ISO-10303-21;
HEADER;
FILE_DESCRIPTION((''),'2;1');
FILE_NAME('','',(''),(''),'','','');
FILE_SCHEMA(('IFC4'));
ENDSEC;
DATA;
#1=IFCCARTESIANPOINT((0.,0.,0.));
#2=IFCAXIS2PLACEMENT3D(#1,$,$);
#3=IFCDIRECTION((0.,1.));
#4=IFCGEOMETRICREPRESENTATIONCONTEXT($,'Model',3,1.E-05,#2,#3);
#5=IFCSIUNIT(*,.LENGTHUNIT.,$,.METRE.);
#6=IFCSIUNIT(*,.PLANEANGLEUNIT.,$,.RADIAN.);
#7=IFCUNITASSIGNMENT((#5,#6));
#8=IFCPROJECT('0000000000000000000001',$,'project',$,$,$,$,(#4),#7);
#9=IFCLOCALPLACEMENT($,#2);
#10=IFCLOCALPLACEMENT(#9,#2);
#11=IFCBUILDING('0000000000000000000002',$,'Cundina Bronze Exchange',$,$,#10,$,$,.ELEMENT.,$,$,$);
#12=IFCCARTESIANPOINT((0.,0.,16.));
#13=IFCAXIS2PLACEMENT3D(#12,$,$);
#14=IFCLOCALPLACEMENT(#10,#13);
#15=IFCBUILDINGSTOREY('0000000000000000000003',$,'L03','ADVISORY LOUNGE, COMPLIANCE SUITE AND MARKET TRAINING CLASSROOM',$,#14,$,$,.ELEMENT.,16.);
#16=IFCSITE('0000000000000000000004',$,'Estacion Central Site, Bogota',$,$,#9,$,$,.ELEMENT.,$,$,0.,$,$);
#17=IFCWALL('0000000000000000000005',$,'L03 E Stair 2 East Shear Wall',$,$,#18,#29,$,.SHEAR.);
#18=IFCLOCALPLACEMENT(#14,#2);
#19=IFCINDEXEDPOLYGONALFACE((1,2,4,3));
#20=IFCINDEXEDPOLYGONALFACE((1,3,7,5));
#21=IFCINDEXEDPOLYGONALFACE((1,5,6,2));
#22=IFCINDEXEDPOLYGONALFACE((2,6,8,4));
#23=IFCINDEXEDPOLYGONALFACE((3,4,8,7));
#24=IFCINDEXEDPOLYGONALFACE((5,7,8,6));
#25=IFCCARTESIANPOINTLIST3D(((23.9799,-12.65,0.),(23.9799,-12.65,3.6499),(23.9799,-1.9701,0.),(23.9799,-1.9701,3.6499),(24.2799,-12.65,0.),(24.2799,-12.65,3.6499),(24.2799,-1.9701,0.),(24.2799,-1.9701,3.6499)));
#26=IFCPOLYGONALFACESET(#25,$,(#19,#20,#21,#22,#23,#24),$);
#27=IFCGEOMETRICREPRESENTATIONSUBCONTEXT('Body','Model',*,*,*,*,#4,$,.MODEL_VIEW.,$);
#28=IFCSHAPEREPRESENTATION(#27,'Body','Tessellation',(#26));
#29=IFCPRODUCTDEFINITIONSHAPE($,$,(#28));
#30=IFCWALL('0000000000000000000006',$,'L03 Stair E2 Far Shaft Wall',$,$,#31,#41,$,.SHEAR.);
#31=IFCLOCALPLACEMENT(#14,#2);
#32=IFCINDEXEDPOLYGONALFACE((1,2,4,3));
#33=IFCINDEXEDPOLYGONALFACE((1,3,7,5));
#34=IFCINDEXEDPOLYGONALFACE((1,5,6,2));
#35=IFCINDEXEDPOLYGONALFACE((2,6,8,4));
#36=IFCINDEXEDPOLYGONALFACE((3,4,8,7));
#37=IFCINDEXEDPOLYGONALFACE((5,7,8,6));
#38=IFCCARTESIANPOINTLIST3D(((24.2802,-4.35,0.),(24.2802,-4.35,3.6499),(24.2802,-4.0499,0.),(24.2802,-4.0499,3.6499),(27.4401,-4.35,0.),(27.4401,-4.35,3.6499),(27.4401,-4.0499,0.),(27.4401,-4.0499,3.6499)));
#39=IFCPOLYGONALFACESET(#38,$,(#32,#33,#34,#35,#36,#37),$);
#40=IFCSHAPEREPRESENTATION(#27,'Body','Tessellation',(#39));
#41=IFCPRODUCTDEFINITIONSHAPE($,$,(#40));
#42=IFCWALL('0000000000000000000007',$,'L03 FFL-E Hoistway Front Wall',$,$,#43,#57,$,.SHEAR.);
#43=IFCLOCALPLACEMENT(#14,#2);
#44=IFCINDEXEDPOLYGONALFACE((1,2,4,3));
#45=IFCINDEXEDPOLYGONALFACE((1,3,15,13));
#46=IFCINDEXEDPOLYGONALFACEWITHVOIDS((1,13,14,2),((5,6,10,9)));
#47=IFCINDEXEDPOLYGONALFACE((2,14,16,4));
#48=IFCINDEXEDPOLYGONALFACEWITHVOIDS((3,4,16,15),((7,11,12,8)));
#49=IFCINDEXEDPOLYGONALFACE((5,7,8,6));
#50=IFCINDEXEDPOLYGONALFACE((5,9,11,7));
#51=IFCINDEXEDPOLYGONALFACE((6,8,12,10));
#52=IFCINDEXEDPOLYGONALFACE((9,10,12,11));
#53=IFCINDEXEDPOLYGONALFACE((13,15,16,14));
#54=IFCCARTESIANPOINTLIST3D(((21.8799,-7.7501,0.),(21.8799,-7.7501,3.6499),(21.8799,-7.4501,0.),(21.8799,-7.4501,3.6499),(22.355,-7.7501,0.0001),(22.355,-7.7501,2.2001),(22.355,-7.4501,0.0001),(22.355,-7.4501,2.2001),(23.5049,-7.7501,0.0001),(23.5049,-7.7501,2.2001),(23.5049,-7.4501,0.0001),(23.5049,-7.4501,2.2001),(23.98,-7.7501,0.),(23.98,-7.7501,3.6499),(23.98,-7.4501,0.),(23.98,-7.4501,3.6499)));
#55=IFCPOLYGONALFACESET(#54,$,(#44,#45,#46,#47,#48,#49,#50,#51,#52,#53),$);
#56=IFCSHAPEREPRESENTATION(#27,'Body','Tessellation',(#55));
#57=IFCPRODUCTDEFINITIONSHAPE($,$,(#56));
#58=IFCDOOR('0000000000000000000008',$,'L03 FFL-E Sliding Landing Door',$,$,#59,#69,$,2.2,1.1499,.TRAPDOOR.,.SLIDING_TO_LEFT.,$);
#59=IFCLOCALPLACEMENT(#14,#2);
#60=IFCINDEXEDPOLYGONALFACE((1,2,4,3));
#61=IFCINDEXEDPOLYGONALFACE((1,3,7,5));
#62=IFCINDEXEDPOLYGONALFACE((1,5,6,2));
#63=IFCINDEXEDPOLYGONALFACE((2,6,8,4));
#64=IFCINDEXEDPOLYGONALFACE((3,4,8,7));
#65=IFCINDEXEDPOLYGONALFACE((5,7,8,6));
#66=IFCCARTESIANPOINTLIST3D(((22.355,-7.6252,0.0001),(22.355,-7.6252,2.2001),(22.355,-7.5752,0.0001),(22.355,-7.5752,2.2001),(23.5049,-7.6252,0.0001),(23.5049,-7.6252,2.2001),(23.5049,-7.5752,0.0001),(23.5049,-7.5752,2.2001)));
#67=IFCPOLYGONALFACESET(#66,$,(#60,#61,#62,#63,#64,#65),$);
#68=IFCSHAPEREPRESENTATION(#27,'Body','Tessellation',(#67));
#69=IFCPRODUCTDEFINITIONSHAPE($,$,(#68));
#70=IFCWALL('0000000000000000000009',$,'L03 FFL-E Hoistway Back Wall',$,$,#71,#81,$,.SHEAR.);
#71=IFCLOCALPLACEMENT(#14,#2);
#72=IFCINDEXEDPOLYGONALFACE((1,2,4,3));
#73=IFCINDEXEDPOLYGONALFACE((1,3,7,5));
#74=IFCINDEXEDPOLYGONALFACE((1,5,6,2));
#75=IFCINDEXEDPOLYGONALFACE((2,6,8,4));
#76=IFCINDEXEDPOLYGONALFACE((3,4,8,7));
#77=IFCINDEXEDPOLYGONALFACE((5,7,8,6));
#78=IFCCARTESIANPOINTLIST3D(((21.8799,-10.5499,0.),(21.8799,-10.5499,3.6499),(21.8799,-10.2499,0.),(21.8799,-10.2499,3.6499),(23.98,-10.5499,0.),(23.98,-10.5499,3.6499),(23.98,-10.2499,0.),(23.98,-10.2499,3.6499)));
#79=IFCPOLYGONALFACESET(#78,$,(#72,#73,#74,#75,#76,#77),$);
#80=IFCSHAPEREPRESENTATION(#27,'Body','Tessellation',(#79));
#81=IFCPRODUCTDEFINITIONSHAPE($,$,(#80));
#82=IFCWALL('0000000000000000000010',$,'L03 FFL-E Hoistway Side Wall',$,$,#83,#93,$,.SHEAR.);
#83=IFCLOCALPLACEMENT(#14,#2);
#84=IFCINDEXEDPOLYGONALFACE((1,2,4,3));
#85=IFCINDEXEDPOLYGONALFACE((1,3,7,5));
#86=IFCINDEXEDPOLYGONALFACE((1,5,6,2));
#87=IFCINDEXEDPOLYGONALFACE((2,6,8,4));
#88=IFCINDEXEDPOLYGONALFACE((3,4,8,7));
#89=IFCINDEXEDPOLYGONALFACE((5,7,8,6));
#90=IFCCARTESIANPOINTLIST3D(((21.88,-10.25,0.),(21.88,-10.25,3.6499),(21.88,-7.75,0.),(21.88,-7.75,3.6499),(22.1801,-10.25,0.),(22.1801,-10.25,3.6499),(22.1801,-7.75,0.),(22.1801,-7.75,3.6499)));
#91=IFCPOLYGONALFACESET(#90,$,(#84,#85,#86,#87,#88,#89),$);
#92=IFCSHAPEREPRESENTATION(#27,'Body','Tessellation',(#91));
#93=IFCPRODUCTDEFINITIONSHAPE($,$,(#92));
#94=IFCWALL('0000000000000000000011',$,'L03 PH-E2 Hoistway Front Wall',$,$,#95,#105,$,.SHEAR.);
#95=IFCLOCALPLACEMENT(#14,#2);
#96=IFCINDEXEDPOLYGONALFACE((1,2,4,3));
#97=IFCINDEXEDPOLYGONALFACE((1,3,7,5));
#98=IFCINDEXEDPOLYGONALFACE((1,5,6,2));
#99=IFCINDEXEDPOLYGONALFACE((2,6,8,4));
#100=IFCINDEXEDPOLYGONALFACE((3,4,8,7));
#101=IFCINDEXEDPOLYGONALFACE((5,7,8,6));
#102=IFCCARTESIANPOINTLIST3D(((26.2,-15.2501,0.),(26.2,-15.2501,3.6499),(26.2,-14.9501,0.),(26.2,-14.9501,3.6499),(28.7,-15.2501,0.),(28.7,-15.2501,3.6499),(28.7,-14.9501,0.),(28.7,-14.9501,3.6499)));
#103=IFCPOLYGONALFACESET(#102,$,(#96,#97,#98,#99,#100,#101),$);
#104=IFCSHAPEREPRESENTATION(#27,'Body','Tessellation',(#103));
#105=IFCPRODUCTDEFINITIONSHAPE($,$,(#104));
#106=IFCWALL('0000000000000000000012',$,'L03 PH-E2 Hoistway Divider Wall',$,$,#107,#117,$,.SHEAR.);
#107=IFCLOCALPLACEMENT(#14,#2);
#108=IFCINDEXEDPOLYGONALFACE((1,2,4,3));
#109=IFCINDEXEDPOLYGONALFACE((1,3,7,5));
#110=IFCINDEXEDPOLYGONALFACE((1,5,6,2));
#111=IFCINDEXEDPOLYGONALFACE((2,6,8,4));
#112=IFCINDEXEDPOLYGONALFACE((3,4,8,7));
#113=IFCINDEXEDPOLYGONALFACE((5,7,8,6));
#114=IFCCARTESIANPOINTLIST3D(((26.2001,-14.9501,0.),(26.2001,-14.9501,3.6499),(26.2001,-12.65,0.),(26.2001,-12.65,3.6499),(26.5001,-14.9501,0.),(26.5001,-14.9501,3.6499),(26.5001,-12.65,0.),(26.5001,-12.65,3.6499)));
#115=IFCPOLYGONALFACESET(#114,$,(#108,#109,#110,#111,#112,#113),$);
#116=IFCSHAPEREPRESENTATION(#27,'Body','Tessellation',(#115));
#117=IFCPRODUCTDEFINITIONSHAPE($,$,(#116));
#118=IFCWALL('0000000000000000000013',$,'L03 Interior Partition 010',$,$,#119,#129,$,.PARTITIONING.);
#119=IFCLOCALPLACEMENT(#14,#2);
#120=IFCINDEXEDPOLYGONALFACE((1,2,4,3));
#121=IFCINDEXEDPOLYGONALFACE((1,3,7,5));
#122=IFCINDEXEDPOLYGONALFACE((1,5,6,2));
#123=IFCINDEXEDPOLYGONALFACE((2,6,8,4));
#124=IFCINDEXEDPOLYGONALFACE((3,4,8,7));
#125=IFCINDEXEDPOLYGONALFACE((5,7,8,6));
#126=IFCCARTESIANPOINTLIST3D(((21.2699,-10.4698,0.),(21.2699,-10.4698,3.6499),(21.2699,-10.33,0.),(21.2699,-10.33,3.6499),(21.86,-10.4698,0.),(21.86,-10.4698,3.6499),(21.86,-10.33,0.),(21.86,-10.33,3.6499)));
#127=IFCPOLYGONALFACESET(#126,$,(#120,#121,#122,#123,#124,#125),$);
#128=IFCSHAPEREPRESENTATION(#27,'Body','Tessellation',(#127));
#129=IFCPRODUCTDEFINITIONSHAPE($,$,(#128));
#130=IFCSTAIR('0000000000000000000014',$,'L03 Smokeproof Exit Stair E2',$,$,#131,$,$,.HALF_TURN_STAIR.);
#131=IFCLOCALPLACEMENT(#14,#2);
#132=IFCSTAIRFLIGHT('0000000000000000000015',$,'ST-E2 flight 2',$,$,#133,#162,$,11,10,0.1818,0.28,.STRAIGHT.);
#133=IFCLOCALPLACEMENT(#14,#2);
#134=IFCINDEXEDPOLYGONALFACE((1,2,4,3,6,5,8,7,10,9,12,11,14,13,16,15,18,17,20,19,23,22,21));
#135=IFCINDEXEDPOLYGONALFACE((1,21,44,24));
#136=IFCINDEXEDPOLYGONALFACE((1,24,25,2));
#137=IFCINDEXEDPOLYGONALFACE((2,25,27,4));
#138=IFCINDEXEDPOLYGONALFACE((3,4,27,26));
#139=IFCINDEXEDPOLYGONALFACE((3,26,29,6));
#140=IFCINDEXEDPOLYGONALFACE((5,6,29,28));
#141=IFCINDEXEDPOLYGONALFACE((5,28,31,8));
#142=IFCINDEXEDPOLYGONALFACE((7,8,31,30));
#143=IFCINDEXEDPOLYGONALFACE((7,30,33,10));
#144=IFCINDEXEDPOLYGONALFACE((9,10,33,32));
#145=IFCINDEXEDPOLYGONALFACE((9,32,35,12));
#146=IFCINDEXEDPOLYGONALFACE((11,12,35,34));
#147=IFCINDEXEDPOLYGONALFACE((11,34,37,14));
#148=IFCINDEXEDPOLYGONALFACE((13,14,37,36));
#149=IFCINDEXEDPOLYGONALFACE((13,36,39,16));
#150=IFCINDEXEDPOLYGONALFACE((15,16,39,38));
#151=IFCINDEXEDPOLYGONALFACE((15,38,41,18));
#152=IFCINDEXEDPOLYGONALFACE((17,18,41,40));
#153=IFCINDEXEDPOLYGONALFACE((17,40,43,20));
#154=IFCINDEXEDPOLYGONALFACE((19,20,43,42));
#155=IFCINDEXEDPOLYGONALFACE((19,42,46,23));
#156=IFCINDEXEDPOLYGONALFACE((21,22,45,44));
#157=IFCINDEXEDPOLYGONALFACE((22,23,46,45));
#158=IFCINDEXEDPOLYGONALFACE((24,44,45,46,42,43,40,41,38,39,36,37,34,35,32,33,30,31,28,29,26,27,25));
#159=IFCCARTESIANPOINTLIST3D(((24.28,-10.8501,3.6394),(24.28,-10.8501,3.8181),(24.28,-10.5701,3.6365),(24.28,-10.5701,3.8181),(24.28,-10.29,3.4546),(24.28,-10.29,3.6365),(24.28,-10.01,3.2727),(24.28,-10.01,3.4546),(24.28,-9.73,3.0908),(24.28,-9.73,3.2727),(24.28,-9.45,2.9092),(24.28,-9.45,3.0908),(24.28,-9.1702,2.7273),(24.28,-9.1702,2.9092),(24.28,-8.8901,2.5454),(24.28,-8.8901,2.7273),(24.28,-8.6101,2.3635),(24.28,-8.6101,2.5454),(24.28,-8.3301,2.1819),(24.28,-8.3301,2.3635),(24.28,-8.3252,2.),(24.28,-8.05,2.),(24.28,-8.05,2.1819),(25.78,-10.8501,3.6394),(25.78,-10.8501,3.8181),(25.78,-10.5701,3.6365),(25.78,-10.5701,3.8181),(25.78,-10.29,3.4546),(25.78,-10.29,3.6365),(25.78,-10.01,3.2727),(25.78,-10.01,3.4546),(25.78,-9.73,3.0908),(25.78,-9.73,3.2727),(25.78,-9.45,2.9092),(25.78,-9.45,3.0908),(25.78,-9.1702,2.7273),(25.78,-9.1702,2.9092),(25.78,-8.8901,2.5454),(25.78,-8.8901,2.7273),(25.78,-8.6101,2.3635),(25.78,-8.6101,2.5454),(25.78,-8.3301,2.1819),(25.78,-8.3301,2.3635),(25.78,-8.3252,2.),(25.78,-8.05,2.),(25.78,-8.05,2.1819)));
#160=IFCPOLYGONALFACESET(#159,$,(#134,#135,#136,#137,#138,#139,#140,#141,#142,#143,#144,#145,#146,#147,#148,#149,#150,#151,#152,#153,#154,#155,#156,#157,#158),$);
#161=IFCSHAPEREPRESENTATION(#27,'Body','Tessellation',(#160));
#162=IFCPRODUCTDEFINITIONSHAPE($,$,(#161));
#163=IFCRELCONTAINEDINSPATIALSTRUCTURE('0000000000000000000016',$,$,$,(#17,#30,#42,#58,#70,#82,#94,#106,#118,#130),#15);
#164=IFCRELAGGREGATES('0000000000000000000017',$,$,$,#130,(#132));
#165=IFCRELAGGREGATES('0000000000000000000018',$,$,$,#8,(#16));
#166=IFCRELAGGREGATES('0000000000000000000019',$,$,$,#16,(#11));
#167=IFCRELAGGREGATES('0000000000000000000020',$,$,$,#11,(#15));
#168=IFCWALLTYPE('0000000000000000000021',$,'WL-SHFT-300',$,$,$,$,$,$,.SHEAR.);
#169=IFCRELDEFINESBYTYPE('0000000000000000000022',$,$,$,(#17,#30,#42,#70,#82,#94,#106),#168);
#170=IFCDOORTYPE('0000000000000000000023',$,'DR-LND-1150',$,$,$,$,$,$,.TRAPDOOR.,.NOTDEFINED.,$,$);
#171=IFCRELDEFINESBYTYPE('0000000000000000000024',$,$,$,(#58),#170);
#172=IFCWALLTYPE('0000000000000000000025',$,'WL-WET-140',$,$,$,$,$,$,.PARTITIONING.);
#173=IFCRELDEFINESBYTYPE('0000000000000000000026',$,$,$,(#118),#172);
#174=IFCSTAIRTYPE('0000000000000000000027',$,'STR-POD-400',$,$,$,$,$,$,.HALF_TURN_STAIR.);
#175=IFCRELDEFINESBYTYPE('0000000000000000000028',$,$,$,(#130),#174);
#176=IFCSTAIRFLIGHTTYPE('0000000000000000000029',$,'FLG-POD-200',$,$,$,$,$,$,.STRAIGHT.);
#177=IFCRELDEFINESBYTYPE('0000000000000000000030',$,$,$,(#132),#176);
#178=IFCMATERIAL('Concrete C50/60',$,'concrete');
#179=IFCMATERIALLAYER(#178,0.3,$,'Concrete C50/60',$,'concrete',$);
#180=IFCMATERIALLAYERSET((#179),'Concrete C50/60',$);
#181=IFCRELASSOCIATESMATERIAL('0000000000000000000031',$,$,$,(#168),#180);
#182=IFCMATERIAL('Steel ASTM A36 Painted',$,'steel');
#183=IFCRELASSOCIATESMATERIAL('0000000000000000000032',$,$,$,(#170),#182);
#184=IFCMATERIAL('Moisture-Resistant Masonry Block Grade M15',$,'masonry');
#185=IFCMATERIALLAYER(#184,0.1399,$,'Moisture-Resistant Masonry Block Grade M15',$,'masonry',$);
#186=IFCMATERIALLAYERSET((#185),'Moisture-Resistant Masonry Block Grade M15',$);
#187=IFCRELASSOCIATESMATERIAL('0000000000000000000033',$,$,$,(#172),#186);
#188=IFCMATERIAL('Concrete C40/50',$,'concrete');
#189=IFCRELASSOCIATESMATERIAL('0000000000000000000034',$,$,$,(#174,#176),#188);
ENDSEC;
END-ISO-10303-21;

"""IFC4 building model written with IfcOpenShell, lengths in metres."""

from ifc_helpers import new_model, si_unit, direction, frame, frame_2d, origin, place, context, subcontext, project, spatial, polyline, rectangle, outline, extrude, material, layer, layer_set, type_object, element, fill, aggregate, save


model = new_model("IFC4")

# Units and contexts
model_context = context("Model", 3, precision=1e-05, world=origin(), true_north=direction((0.0, 1.0)))
body_context = subcontext(model_context, "Body", "Model", "MODEL_VIEW")
ifc_project = project(units=[si_unit("LENGTHUNIT", "METRE"), si_unit("PLANEANGLEUNIT", "RADIAN")], contexts=[model_context])

# Site, building, storey
site_placement = place(None, origin())
site = spatial("IfcSite", under=ifc_project, at=site_placement, Name="Estacion Central Site, Bogota", CompositionType="ELEMENT", RefElevation=0.0)
building_placement = place(site_placement, origin())
building = spatial("IfcBuilding", under=site, at=building_placement, Name="Cundina Bronze Exchange", CompositionType="ELEMENT")
storey_placement = place(building_placement, frame((0.0, 0.0, 16.0)))
storey = spatial("IfcBuildingStorey", under=building, at=storey_placement, Name="L03", Description="ADVISORY LOUNGE, COMPLIANCE SUITE AND MARKET TRAINING CLASSROOM", CompositionType="ELEMENT", Elevation=16.0)

# Shared definitions
ifc_material_1 = material(Name="Concrete C40/50", Category="concrete")

# Wall
ifc_material_2 = material(Name="Concrete C50/60", Category="concrete")
ifc_layer_1 = layer(ifc_material_2, 0.3, Name="Concrete C50/60", Category="concrete")
ifc_layer_set_1 = layer_set([ifc_layer_1], Name="Concrete C50/60")
wall_type_1 = type_object("IfcWallType", Name="WL-SHFT-300", PredefinedType="SHEAR", material=ifc_layer_set_1)
wall_1_placement = place(storey_placement, frame((24.1299, -12.6499, 0.0), z_axis=(0.0, 0.0, 1.0), x_axis=(0.0, 1.0, 0.0)))
element("IfcWall", 1, at=wall_1_placement, inside=storey, type_object=wall_type_1, Name="L03 E Stair 2 East Shear Wall", PredefinedType="SHEAR", context=body_context, shape_type="SweptSolid", body=[
    extrude(rectangle(XDim=10.6799, YDim=0.3, at=frame_2d((5.3398, 0.0))), origin(), (0.0, 0.0, 1.0), 3.6499),
])

# Shared definitions
ifc_material_3 = material(Name="Steel ASTM A36 Painted", Category="steel")

# Wall
wall_2_placement = place(storey_placement, frame((24.28, -4.2, 0.0), z_axis=(0.0, 0.0, 1.0), x_axis=(1.0, 0.0, 0.0)))
element("IfcWall", 2, at=wall_2_placement, inside=storey, type_object=wall_type_1, Name="L03 Stair E2 Far Shaft Wall", PredefinedType="SHEAR", context=body_context, shape_type="SweptSolid", body=[
    extrude(rectangle(XDim=3.1599, YDim=0.3, at=frame_2d((1.5801, 0.0))), origin(), (0.0, 0.0, 1.0), 3.6499),
])

# Wall, opening, door
wall_3_placement = place(storey_placement, frame((21.8799, -7.6001, 0.0), z_axis=(0.0, 0.0, 1.0), x_axis=(1.0, 0.0, 0.0)))
wall_3 = element("IfcWall", 3, at=wall_3_placement, inside=storey, type_object=wall_type_1, Name="L03 FFL-E Hoistway Front Wall", PredefinedType="SHEAR", context=body_context, shape_type="SweptSolid", body=[
    extrude(rectangle(XDim=2.1001, YDim=0.3, at=frame_2d((1.05, 0.0))), origin(), (0.0, 0.0, 1.0), 3.6499),
])
opening_1_placement = place(wall_3_placement, frame((0.4751, 0.0, 0.0)))
opening_1 = element("IfcOpeningElement", 4, at=opening_1_placement, cuts=wall_3, PredefinedType="OPENING", context=body_context, shape_type="SweptSolid", body=[
    extrude(rectangle(XDim=1.1499, YDim=2.2, at=frame_2d((0.575, 1.1001))), frame((0.0, 0.1599, 0.0), z_axis=(0.0, -1.0, 0.0), x_axis=(1.0, 0.0, 0.0)), (0.0, 0.0, 1.0), 0.3201),
])
door_type_1 = type_object("IfcDoorType", Name="DR-LND-1150", OperationType="NOTDEFINED", PredefinedType="TRAPDOOR", material=ifc_material_3)
door_1_placement = place(opening_1_placement, origin())
door_1 = element("IfcDoor", 5, at=door_1_placement, inside=storey, type_object=door_type_1, Name="L03 FFL-E Sliding Landing Door", OperationType="SLIDING_TO_LEFT", OverallHeight=2.2, OverallWidth=1.1499, PredefinedType="TRAPDOOR", context=body_context, shape_type="SweptSolid", body=[
    extrude(rectangle(XDim=1.1499, YDim=2.2, at=frame_2d((0.575, 1.1001))), frame((0.0, 0.0249, 0.0), z_axis=(0.0, -1.0, 0.0), x_axis=(1.0, 0.0, 0.0)), (0.0, 0.0, 1.0), 0.05),
])
fill(opening_1, door_1)

# Walls
wall_4_placement = place(storey_placement, frame((21.8799, -10.3999, 0.0), z_axis=(0.0, 0.0, 1.0), x_axis=(1.0, 0.0, 0.0)))
element("IfcWall", 6, at=wall_4_placement, inside=storey, type_object=wall_type_1, Name="L03 FFL-E Hoistway Back Wall", PredefinedType="SHEAR", context=body_context, shape_type="SweptSolid", body=[
    extrude(rectangle(XDim=2.1001, YDim=0.3, at=frame_2d((1.05, 0.0))), origin(), (0.0, 0.0, 1.0), 3.6499),
])
for number, where, z_axis, x_axis, name in (
    (7, (22.03, -10.25, 0.0), (0.0, 0.0, 1.0), (0.0, 1.0, 0.0), "L03 FFL-E Hoistway Side Wall"),
    (8, (26.2, -15.1001, 0.0), (0.0, 0.0, 1.0), (1.0, 0.0, 0.0), "L03 PH-E2 Hoistway Front Wall"),
):
    element("IfcWall", number, at=place(storey_placement, frame(where, z_axis=z_axis, x_axis=x_axis)), inside=storey, type_object=wall_type_1, Name=name, PredefinedType="SHEAR", context=body_context, shape_type="SweptSolid", body=[
        extrude(rectangle(XDim=2.5, YDim=0.3, at=frame_2d((1.25, 0.0))), origin(), (0.0, 0.0, 1.0), 3.6499),
    ])
wall_5_placement = place(storey_placement, frame((26.3501, -14.95, 0.0), z_axis=(0.0, 0.0, 1.0), x_axis=(0.0, 1.0, 0.0)))
element("IfcWall", 9, at=wall_5_placement, inside=storey, type_object=wall_type_1, Name="L03 PH-E2 Hoistway Divider Wall", PredefinedType="SHEAR", context=body_context, shape_type="SweptSolid", body=[
    extrude(rectangle(XDim=2.3, YDim=0.3, at=frame_2d((1.1499, 0.0))), origin(), (0.0, 0.0, 1.0), 3.6499),
])
ifc_material_4 = material(Name="Moisture-Resistant Masonry Block Grade M15", Category="masonry")
ifc_layer_2 = layer(ifc_material_4, 0.1399, Name="Moisture-Resistant Masonry Block Grade M15", Category="masonry")
ifc_layer_set_2 = layer_set([ifc_layer_2], Name="Moisture-Resistant Masonry Block Grade M15")
wall_type_2 = type_object("IfcWallType", Name="WL-WET-140", PredefinedType="PARTITIONING", material=ifc_layer_set_2)
wall_6_placement = place(storey_placement, frame((21.27, -10.3999, 0.0), z_axis=(0.0, 0.0, 1.0), x_axis=(1.0, 0.0, 0.0)))
element("IfcWall", 10, at=wall_6_placement, inside=storey, type_object=wall_type_2, Name="L03 Interior Partition 010", PredefinedType="PARTITIONING", context=body_context, shape_type="SweptSolid", body=[
    extrude(rectangle(XDim=0.5901, YDim=0.1399, at=frame_2d((0.2949, 0.0))), origin(), (0.0, 0.0, 1.0), 3.6499),
])

# Stair, stair flight
stair_type = type_object("IfcStairType", Name="STR-POD-400", PredefinedType="HALF_TURN_STAIR", material=ifc_material_1)
stair_placement = place(storey_placement, origin())
stair = element("IfcStair", 11, at=stair_placement, inside=storey, type_object=stair_type, Name="L03 Smokeproof Exit Stair E2", PredefinedType="HALF_TURN_STAIR")
stair_flight_type = type_object("IfcStairFlightType", Name="FLG-POD-200", PredefinedType="STRAIGHT", material=ifc_material_1)
stair_flight_placement = place(storey_placement, frame((25.03, -8.05, 2.0), z_axis=(0.0, 0.0, 1.0), x_axis=(0.0, -1.0, 0.0)))
stair_flight = element("IfcStairFlight", 12, at=stair_flight_placement, type_object=stair_flight_type, Name="ST-E2 flight 2", NumberOfRisers=11, NumberOfTreads=10, PredefinedType="STRAIGHT", RiserHeight=0.1818, TreadLength=0.28, context=body_context, shape_type="SweptSolid", body=[
    extrude(outline(polyline([(0.0, 0.0), (0.0, 0.1819), (0.28, 0.1819), (0.28, 0.3635), (0.5601, 0.3635), (0.5601, 0.5454), (0.8401, 0.5454), (0.8401, 0.7273), (1.1201, 0.7273), (1.1201, 0.9092), (1.3999, 0.9092), (1.3999, 1.0908), (1.6799, 1.0908), (1.6799, 1.2727), (1.96, 1.2727), (1.96, 1.4546), (2.24, 1.4546), (2.24, 1.6365), (2.52, 1.6365), (2.52, 1.8181), (2.8, 1.8181), (2.8, 2.0), (2.8, 1.6394), (0.2751, 0.0), (0.0, 0.0)])), frame((0.0, 0.75, 0.0), z_axis=(0.0, -1.0, 0.0), x_axis=(1.0, 0.0, 0.0)), (0.0, 0.0, 1.0), 1.5),
])
aggregate(stair, [stair_flight])

save(model, "model.ifc")
